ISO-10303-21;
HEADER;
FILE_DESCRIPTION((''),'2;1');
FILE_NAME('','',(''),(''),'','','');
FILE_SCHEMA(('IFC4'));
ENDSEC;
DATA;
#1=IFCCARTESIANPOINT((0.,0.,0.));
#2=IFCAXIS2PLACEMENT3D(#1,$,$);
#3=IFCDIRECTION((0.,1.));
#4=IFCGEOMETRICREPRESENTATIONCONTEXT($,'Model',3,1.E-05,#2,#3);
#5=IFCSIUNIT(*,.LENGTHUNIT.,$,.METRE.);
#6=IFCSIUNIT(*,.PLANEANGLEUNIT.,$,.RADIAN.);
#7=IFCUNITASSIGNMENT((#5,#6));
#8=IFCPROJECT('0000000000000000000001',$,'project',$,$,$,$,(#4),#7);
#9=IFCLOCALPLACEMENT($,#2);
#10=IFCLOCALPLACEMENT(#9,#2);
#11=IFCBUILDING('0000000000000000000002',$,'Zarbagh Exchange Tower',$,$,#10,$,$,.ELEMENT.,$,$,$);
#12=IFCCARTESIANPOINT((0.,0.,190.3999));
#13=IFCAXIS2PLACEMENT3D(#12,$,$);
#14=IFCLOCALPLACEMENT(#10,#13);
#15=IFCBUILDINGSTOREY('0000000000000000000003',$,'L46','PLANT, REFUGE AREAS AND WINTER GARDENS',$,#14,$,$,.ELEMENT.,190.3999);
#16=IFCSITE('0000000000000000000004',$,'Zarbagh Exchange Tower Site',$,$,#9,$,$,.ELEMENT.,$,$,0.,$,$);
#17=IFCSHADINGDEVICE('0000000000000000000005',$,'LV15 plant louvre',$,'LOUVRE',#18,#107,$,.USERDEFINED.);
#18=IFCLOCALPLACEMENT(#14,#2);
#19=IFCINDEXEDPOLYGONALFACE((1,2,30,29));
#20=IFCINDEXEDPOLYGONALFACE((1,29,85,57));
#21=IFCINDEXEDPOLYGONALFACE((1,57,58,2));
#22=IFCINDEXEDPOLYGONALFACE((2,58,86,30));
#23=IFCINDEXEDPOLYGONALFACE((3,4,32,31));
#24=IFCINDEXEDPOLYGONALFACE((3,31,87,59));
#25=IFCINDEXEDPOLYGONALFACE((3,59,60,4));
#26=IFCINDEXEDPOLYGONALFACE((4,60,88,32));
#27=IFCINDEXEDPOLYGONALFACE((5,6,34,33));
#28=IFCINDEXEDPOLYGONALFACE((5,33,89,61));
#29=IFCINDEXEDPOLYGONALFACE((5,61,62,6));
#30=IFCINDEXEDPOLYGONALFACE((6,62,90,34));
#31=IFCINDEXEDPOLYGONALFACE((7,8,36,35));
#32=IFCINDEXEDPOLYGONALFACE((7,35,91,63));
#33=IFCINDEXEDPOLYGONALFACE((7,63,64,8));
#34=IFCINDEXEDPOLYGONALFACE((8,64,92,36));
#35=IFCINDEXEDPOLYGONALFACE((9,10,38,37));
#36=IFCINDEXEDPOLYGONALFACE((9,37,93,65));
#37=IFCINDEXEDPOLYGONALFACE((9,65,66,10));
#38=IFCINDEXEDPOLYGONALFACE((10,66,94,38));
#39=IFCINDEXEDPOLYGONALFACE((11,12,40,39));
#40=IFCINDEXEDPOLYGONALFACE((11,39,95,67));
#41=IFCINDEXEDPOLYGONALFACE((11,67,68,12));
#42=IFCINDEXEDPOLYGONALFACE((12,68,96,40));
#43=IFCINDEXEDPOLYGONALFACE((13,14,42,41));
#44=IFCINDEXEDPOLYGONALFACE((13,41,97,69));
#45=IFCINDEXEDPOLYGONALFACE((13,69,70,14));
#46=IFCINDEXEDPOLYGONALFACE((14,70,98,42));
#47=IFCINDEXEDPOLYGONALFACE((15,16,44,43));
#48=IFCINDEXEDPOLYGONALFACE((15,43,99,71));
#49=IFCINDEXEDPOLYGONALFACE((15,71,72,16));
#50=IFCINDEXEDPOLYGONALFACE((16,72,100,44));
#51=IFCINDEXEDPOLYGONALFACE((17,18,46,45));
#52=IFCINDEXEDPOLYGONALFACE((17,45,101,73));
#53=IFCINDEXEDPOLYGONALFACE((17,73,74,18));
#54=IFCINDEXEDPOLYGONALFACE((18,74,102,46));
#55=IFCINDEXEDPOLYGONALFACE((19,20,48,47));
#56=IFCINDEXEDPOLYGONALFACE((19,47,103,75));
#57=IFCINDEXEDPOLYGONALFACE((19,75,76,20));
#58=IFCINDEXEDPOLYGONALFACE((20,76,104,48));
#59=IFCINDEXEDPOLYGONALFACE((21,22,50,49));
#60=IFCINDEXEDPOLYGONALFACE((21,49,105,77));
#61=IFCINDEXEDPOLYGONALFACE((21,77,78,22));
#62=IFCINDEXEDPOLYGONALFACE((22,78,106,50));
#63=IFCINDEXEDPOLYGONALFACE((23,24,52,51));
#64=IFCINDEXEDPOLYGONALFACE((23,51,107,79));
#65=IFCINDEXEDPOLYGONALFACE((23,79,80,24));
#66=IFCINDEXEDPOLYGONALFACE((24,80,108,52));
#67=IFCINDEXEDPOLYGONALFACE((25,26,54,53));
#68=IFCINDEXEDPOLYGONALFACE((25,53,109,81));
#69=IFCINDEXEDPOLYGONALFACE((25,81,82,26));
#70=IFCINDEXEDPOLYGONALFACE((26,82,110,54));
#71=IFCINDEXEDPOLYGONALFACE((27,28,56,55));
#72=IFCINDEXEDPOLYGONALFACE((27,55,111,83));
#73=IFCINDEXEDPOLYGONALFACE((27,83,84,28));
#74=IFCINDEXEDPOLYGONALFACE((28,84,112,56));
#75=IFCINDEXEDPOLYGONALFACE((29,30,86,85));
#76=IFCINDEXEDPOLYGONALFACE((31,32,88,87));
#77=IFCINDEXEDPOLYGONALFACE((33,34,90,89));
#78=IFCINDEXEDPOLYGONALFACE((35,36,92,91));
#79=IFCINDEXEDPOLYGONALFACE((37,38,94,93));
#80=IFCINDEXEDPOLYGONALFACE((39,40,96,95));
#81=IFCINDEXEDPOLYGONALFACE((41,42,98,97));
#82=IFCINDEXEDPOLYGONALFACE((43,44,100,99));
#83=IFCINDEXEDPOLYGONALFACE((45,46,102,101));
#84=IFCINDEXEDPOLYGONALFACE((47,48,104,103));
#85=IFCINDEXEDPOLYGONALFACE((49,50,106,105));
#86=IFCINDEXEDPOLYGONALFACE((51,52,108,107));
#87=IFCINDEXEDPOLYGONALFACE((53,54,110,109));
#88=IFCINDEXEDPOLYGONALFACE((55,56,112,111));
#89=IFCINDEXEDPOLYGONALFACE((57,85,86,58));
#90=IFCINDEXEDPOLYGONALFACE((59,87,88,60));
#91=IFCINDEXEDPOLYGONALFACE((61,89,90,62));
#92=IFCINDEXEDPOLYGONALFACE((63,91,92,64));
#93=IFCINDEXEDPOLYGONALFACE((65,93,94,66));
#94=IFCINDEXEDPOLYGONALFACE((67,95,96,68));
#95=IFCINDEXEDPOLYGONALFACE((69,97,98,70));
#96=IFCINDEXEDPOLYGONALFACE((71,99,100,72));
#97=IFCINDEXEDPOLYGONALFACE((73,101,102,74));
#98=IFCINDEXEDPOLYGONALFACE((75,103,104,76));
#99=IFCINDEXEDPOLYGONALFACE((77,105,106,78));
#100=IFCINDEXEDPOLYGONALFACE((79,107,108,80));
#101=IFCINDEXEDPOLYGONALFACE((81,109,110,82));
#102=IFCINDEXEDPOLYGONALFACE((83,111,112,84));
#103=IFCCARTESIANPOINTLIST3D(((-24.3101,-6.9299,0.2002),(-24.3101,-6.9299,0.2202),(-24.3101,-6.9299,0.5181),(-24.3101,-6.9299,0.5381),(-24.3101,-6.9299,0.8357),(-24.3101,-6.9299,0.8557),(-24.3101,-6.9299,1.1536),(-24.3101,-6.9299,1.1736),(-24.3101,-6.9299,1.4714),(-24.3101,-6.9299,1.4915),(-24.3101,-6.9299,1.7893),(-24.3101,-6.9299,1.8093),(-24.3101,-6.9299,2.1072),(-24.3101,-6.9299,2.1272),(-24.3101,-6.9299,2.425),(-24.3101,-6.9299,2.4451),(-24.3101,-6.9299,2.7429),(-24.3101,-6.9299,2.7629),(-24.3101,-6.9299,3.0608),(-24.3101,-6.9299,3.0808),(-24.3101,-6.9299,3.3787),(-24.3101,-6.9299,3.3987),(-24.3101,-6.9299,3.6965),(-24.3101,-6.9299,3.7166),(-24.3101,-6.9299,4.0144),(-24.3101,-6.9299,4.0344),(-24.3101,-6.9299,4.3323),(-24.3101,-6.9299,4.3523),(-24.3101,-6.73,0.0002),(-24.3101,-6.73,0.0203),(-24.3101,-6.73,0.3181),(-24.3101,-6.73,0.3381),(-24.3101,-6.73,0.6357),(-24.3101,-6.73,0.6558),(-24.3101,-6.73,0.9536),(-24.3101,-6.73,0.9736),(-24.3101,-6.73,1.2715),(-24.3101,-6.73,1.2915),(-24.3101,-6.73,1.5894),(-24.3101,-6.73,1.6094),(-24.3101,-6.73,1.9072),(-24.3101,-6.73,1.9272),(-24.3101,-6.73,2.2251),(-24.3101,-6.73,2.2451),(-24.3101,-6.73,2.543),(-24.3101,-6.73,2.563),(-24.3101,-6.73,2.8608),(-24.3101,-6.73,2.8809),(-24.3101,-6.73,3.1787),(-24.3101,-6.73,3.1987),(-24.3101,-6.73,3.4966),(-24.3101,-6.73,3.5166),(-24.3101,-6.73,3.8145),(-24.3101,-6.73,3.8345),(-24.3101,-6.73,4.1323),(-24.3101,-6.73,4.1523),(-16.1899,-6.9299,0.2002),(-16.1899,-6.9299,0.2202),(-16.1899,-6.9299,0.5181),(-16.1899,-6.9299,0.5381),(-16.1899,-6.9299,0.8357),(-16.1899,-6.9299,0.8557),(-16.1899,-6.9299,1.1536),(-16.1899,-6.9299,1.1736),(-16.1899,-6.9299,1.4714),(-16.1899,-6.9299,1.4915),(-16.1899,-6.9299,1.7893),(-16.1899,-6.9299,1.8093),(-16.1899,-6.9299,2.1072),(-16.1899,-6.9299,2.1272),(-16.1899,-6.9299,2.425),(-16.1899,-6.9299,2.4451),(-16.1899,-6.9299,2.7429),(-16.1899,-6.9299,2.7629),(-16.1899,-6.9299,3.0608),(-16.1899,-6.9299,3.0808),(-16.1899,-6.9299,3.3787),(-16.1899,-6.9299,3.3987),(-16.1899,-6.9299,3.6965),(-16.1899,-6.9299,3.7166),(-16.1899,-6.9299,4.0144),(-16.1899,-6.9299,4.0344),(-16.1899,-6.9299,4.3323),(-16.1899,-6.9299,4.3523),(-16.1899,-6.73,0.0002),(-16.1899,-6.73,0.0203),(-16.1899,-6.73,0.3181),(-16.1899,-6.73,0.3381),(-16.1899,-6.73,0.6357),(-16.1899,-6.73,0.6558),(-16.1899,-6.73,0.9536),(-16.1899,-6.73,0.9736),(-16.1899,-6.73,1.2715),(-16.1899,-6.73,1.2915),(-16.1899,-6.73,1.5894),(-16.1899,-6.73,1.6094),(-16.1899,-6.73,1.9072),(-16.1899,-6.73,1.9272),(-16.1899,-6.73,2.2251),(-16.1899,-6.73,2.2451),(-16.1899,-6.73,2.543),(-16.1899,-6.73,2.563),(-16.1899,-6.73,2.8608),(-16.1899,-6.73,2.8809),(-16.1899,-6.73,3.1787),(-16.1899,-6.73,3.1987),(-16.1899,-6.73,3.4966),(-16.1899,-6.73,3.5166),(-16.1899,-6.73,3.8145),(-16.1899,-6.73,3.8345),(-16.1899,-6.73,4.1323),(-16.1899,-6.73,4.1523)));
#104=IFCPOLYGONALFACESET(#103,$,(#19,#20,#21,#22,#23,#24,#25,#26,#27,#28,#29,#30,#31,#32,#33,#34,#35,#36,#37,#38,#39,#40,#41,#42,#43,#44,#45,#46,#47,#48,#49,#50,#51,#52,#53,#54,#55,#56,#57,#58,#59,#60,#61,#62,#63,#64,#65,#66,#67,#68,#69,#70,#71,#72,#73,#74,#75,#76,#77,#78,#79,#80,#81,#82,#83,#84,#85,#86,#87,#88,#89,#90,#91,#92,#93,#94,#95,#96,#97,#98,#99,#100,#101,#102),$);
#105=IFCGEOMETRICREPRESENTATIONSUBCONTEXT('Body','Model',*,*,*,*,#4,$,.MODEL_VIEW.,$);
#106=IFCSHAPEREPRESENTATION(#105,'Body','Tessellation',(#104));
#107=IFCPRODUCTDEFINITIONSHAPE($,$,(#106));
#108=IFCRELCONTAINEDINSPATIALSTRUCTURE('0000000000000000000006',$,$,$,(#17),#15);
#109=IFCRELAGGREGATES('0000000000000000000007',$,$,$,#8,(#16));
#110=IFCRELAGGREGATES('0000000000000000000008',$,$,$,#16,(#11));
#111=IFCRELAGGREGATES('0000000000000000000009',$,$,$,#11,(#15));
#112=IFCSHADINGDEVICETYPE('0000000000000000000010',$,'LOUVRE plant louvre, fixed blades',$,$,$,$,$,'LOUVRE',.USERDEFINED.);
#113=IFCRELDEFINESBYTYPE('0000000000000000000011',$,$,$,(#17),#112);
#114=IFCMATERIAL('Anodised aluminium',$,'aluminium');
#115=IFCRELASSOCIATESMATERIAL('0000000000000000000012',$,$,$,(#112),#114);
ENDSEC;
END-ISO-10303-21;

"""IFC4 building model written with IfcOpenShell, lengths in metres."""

from ifc_helpers import new_model, si_unit, direction, frame, origin, place, context, subcontext, project, spatial, polyline, outline, extrude, source, transform, mapped, material, type_object, element, save


model = new_model("IFC4")

# Units and contexts
model_context = context("Model", 3, precision=1e-05, world=origin(), true_north=direction((0.0, 1.0)))
body_context = subcontext(model_context, "Body", "Model", "MODEL_VIEW")
ifc_project = project(units=[si_unit("LENGTHUNIT", "METRE"), si_unit("PLANEANGLEUNIT", "RADIAN")], contexts=[model_context])

# Site, building, storey
site_placement = place(None, origin())
site = spatial("IfcSite", under=ifc_project, at=site_placement, Name="Zarbagh Exchange Tower Site", CompositionType="ELEMENT", RefElevation=0.0)
building_placement = place(site_placement, origin())
building = spatial("IfcBuilding", under=site, at=building_placement, Name="Zarbagh Exchange Tower", CompositionType="ELEMENT")
storey_placement = place(building_placement, frame((0.0, 0.0, 190.3999)))
storey = spatial("IfcBuildingStorey", under=building, at=storey_placement, Name="L46", Description="PLANT, REFUGE AREAS AND WINTER GARDENS", CompositionType="ELEMENT", Elevation=190.3999)

# Shared definitions
placement = place(storey_placement, origin())

# Shared definitions
ifc_material_1 = material(Name="Anodised aluminium", Category="aluminium")
shading_device_type = type_object("IfcShadingDeviceType", Name="LOUVRE plant louvre, fixed blades", ElementType="LOUVRE", PredefinedType="USERDEFINED", material=ifc_material_1)

# Shading device
shared_shape_1 = source(origin(), body_context, "Body", "SweptSolid", [
    extrude(outline(polyline([(0.0, 0.2), (0.2, 0.0), (0.2, -0.02), (0.0, 0.1799), (0.0, 0.2)])), origin(), (0.0, 0.0, 1.0), 8.1201),
])
element("IfcShadingDevice", 1, at=placement, inside=storey, type_object=shading_device_type, Name="LV15 plant louvre", ObjectType="LOUVRE", PredefinedType="USERDEFINED", context=body_context, shape_type="MappedRepresentation", body=[
    mapped(shared_shape_1, transform((-24.3101, -6.73, 0.2002), x_axis=(0.0, -1.0, 0.0), y_axis=(0.0, 0.0, -1.0), z_axis=(1.0, 0.0, 0.0))),
    mapped(shared_shape_1, transform((-24.3101, -6.73, 0.5181), x_axis=(0.0, -1.0, 0.0), y_axis=(0.0, 0.0, -1.0), z_axis=(1.0, 0.0, 0.0))),
    mapped(shared_shape_1, transform((-24.3101, -6.73, 0.8357), x_axis=(0.0, -1.0, 0.0), y_axis=(0.0, 0.0, -1.0), z_axis=(1.0, 0.0, 0.0))),
    mapped(shared_shape_1, transform((-24.3101, -6.73, 1.1536), x_axis=(0.0, -1.0, 0.0), y_axis=(0.0, 0.0, -1.0), z_axis=(1.0, 0.0, 0.0))),
    mapped(shared_shape_1, transform((-24.3101, -6.73, 1.4714), x_axis=(0.0, -1.0, 0.0), y_axis=(0.0, 0.0, -1.0), z_axis=(1.0, 0.0, 0.0))),
    mapped(shared_shape_1, transform((-24.3101, -6.73, 1.7893), x_axis=(0.0, -1.0, 0.0), y_axis=(0.0, 0.0, -1.0), z_axis=(1.0, 0.0, 0.0))),
    mapped(shared_shape_1, transform((-24.3101, -6.73, 2.1072), x_axis=(0.0, -1.0, 0.0), y_axis=(0.0, 0.0, -1.0), z_axis=(1.0, 0.0, 0.0))),
    mapped(shared_shape_1, transform((-24.3101, -6.73, 2.425), x_axis=(0.0, -1.0, 0.0), y_axis=(0.0, 0.0, -1.0), z_axis=(1.0, 0.0, 0.0))),
    mapped(shared_shape_1, transform((-24.3101, -6.73, 2.7429), x_axis=(0.0, -1.0, 0.0), y_axis=(0.0, 0.0, -1.0), z_axis=(1.0, 0.0, 0.0))),
    mapped(shared_shape_1, transform((-24.3101, -6.73, 3.0608), x_axis=(0.0, -1.0, 0.0), y_axis=(0.0, 0.0, -1.0), z_axis=(1.0, 0.0, 0.0))),
    mapped(shared_shape_1, transform((-24.3101, -6.73, 3.3787), x_axis=(0.0, -1.0, 0.0), y_axis=(0.0, 0.0, -1.0), z_axis=(1.0, 0.0, 0.0))),
    mapped(shared_shape_1, transform((-24.3101, -6.73, 3.6965), x_axis=(0.0, -1.0, 0.0), y_axis=(0.0, 0.0, -1.0), z_axis=(1.0, 0.0, 0.0))),
    mapped(shared_shape_1, transform((-24.3101, -6.73, 4.0144), x_axis=(0.0, -1.0, 0.0), y_axis=(0.0, 0.0, -1.0), z_axis=(1.0, 0.0, 0.0))),
    mapped(shared_shape_1, transform((-24.3101, -6.73, 4.3323), x_axis=(0.0, -1.0, 0.0), y_axis=(0.0, 0.0, -1.0), z_axis=(1.0, 0.0, 0.0))),
])

save(model, "model.ifc")
